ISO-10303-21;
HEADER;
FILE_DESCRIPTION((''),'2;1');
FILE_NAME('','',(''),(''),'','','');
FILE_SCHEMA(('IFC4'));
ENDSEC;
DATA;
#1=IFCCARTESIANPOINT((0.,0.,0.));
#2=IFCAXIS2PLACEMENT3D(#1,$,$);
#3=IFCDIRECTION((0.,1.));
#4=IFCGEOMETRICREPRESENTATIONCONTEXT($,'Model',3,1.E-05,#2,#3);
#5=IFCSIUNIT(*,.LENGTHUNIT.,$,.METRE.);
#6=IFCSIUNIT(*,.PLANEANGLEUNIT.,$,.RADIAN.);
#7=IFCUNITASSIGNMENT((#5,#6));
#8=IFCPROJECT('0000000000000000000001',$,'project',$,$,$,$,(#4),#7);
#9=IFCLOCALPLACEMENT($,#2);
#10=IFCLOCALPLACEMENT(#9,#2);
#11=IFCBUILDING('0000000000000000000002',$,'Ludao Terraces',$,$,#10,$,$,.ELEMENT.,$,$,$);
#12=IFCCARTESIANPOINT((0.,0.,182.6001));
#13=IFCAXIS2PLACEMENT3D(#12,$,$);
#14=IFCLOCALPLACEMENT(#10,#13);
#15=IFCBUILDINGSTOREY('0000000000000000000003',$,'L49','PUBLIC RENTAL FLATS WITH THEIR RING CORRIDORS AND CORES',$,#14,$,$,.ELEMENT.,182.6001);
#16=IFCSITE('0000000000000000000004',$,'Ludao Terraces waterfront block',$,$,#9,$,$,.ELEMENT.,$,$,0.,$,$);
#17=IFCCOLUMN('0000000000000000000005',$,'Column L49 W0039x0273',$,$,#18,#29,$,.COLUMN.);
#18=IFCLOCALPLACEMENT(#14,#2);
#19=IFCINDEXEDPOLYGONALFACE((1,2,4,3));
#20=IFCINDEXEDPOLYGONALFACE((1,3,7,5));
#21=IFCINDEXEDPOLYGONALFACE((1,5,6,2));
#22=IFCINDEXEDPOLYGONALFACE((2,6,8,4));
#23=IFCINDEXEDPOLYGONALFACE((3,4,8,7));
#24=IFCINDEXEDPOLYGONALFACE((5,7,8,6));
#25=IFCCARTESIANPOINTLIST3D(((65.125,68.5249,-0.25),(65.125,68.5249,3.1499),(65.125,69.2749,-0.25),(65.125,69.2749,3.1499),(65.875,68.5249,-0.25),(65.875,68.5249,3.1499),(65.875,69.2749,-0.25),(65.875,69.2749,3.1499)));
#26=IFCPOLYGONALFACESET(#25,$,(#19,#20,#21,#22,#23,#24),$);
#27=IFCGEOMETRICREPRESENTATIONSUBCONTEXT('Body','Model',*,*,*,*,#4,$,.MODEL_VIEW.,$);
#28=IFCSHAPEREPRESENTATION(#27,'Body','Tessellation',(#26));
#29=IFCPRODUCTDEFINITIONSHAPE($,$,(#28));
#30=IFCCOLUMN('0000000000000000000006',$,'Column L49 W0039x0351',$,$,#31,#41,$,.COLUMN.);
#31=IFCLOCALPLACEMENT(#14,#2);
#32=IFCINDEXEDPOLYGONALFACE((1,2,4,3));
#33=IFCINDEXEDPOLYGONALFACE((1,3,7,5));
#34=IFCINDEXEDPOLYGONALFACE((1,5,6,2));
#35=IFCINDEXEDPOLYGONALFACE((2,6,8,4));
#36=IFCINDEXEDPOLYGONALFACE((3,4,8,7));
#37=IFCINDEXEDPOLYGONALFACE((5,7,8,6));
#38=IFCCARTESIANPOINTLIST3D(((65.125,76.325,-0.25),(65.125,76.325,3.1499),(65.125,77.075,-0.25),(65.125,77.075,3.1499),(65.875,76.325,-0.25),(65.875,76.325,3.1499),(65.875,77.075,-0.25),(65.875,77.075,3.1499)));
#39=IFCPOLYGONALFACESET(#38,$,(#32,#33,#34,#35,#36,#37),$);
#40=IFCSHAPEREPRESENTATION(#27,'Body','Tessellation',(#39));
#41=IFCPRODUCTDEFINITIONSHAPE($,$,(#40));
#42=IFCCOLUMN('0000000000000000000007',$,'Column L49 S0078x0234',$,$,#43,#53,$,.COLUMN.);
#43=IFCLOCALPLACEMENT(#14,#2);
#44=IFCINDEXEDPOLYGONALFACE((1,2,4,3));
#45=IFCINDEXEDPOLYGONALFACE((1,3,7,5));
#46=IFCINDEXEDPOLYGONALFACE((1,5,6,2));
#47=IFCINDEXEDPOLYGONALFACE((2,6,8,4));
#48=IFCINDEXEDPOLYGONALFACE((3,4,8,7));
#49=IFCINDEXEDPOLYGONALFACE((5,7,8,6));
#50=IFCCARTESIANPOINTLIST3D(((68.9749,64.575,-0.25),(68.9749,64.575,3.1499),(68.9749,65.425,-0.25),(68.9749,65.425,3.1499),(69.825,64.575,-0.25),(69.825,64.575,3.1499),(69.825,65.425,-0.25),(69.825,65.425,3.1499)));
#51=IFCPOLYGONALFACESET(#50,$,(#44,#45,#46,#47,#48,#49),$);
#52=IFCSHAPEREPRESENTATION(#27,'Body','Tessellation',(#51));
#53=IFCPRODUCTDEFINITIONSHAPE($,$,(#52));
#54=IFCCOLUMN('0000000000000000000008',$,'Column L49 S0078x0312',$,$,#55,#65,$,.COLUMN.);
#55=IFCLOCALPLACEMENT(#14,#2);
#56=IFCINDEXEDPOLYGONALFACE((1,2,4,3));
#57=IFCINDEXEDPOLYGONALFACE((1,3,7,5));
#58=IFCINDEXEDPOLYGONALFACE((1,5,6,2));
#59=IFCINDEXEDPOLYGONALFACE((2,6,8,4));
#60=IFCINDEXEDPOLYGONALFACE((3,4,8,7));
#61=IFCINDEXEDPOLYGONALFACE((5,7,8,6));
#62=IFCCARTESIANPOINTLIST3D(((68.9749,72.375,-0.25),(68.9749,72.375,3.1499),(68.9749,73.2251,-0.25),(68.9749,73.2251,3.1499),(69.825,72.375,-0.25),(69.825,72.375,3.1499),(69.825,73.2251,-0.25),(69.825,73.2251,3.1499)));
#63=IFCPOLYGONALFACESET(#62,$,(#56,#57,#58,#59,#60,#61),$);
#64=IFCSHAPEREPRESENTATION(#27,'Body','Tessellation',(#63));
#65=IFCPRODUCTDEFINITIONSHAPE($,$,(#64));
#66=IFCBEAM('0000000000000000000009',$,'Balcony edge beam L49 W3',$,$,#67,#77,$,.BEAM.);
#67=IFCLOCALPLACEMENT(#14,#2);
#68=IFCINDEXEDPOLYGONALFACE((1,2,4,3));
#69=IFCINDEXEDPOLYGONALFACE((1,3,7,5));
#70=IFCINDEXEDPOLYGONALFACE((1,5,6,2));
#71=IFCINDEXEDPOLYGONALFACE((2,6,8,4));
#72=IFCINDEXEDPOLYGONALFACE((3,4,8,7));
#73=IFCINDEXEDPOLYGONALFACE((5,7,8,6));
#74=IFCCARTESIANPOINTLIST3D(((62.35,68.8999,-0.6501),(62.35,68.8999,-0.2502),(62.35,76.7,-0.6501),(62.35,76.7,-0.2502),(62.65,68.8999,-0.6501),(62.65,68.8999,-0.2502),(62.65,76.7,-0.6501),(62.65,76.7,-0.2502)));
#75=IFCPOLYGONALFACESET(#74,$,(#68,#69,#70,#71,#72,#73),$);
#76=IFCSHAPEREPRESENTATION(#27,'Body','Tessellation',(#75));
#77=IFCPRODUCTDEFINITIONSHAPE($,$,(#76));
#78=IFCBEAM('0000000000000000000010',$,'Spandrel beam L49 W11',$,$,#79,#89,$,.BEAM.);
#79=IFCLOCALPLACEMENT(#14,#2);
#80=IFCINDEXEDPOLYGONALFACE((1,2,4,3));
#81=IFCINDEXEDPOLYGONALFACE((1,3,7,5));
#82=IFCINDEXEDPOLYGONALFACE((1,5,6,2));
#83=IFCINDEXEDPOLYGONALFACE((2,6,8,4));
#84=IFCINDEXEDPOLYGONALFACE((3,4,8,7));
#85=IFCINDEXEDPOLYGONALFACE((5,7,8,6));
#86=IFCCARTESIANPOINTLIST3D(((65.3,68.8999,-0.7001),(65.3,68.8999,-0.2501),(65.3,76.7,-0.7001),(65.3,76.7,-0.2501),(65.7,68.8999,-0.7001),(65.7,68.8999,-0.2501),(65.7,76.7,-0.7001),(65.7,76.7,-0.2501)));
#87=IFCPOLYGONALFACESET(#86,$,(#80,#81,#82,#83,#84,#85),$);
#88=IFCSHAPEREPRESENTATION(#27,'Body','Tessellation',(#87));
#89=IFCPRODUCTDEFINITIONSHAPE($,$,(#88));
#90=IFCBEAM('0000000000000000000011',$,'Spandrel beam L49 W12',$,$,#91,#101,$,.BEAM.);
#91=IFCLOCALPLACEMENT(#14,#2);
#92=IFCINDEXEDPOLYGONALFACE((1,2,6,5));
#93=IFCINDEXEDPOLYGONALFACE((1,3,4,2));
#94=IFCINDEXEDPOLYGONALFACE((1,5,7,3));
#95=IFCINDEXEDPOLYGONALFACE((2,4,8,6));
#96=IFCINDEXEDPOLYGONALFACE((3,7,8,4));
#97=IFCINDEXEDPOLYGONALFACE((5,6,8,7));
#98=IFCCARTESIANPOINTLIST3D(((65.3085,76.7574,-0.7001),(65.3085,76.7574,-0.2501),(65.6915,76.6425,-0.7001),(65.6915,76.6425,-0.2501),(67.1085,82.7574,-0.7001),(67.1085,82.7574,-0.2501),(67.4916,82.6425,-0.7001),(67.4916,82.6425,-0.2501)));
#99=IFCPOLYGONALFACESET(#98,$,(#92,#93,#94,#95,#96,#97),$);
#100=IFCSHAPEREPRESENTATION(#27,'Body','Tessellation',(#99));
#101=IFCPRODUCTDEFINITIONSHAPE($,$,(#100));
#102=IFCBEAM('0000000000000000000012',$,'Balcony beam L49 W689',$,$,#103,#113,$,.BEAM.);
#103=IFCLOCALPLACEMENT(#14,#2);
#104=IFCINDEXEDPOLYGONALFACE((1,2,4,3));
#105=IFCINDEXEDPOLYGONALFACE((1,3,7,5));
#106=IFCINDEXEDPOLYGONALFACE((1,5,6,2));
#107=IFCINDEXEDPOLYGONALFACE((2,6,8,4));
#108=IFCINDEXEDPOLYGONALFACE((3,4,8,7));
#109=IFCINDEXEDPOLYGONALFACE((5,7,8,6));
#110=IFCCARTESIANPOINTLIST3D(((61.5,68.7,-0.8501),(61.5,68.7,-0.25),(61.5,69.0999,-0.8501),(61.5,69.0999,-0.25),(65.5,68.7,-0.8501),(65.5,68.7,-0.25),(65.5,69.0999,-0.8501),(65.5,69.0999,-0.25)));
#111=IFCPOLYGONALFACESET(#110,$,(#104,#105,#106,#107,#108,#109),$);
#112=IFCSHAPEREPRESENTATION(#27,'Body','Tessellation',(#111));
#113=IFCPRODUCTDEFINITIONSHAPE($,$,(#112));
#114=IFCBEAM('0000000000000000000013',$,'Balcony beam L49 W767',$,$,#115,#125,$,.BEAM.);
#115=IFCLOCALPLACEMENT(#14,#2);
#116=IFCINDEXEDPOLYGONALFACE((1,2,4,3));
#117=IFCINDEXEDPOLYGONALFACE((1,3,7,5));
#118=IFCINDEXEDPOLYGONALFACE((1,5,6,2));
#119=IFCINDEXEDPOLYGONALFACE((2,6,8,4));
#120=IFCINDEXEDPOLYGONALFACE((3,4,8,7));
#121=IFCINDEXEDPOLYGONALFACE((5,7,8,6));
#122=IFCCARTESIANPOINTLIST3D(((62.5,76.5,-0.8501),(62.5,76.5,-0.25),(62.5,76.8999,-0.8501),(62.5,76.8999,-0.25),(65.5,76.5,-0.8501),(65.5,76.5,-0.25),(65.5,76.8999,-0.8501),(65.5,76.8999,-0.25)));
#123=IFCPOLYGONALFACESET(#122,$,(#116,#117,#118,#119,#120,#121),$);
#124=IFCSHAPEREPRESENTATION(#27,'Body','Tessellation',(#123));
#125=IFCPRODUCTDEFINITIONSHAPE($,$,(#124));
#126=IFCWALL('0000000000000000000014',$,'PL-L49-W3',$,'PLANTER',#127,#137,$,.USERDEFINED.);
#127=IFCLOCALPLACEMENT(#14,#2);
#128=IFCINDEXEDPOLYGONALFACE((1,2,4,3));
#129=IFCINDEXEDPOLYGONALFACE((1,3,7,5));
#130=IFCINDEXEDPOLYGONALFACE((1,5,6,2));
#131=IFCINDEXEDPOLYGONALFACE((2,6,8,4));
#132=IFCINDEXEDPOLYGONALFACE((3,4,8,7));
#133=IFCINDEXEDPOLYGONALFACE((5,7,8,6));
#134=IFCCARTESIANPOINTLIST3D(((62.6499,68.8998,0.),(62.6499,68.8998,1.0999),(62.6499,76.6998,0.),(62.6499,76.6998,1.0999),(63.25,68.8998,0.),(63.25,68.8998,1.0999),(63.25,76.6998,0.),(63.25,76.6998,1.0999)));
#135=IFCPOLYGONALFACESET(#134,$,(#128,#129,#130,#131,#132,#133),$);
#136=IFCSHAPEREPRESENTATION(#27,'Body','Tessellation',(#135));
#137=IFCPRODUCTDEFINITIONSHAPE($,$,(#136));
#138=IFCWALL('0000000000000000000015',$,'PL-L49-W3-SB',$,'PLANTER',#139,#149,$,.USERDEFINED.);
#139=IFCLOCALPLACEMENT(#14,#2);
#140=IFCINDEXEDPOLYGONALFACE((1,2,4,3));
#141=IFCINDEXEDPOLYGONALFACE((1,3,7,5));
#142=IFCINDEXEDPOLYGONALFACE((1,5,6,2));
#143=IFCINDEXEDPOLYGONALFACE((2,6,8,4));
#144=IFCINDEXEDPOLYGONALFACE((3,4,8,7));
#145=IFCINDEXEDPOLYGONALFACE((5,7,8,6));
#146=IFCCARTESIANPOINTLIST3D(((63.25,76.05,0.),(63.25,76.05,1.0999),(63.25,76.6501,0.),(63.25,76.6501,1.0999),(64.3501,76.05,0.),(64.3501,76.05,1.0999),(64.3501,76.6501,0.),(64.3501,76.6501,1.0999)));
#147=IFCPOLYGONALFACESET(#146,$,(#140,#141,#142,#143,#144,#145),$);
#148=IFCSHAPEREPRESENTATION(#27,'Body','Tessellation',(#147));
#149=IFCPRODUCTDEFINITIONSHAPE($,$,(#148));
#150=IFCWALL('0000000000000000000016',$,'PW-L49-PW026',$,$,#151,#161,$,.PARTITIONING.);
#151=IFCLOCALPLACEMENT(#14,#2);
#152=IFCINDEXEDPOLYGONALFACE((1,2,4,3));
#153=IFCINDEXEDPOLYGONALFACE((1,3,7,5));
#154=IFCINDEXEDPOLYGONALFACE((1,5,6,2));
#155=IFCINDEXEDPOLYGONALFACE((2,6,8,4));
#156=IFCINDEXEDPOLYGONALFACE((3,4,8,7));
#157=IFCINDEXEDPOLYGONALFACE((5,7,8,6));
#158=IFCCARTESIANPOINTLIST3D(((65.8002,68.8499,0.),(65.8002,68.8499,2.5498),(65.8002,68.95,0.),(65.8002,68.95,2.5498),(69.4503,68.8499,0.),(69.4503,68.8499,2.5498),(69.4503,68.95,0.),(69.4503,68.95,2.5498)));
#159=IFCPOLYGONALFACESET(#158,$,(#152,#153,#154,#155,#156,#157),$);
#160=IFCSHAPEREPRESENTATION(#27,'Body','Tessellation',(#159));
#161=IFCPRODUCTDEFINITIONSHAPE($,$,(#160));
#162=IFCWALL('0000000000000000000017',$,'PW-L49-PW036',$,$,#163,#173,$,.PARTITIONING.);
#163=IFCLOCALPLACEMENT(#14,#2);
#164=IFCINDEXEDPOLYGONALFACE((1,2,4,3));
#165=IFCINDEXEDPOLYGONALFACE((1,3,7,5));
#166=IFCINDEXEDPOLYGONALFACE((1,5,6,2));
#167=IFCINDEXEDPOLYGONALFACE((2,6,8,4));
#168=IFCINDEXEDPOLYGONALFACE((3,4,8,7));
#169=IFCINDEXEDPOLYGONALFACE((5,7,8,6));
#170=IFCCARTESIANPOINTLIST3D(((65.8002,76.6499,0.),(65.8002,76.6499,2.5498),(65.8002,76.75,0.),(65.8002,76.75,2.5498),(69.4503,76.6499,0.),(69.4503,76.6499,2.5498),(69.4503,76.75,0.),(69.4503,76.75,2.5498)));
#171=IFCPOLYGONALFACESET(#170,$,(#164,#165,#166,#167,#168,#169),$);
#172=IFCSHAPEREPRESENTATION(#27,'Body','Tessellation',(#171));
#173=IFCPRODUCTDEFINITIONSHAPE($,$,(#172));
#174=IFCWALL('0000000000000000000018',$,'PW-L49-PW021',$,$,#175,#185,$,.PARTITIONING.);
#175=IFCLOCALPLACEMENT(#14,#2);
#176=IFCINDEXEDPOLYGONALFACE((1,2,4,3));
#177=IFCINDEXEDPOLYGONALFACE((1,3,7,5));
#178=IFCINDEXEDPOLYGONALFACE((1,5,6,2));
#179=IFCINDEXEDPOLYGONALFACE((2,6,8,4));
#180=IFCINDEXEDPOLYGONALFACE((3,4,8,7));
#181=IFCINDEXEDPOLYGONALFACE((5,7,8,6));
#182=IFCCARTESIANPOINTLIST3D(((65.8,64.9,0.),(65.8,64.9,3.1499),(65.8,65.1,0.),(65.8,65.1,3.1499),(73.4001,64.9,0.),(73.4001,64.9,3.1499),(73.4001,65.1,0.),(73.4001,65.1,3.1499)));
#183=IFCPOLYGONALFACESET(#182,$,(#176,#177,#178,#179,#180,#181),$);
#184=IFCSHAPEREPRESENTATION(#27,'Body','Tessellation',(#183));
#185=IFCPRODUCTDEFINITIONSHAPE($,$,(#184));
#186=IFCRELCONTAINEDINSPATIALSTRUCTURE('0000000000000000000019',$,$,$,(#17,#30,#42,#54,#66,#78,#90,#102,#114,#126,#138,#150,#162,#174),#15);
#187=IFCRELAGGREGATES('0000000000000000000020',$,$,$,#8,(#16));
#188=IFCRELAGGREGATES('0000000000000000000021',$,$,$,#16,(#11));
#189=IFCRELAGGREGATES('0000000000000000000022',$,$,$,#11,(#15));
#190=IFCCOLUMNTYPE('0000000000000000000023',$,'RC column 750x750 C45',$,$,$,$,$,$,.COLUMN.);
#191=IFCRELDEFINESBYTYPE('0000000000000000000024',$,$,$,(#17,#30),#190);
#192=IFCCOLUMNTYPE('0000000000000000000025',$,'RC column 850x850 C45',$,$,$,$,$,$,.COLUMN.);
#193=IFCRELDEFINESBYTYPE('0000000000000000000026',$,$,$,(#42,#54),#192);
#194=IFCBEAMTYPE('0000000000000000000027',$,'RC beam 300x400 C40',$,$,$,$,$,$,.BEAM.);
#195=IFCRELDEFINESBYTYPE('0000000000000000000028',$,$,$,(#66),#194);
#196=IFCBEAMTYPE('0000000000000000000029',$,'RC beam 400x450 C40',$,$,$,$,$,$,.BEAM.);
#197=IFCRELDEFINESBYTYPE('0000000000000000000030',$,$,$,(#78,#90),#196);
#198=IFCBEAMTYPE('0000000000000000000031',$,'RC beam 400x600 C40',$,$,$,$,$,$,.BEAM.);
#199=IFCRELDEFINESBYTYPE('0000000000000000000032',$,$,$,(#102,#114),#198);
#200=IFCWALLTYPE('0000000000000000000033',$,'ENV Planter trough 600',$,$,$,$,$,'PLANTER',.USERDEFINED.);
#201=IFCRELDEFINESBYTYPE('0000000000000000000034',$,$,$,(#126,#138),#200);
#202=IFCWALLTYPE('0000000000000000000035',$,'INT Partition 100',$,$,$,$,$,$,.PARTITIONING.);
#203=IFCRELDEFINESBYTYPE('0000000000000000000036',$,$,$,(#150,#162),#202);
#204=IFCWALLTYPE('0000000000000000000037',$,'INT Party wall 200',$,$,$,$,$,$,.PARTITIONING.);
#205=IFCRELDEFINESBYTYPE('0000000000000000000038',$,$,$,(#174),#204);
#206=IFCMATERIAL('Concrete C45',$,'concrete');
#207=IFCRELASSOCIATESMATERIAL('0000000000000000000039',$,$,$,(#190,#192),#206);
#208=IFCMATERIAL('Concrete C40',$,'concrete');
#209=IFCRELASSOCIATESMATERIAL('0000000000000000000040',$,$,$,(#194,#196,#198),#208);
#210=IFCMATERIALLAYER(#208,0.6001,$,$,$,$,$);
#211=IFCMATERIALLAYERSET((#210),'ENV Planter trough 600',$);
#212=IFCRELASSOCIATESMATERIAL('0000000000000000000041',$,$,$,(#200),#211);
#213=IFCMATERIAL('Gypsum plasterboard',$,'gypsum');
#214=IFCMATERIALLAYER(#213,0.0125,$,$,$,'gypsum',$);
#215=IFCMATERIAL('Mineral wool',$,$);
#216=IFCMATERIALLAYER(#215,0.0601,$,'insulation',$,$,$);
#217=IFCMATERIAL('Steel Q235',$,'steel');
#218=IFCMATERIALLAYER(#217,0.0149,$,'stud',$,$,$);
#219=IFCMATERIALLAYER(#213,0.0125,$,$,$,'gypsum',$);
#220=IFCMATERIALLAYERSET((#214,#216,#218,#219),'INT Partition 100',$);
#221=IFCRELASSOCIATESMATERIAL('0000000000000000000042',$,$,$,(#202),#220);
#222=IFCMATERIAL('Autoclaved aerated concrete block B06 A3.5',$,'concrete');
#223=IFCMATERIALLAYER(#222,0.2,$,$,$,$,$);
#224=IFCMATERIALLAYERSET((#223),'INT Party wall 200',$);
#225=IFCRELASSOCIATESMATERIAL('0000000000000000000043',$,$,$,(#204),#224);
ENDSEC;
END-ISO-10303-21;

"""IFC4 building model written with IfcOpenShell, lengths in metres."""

from ifc_helpers import new_model, si_unit, direction, frame, frame_2d, origin, origin_2d, place, context, subcontext, project, spatial, rectangle, extrude, material, layer, layer_set, material_profile, profile_set, type_object, element, save


model = new_model("IFC4")

# Units and contexts
model_context = context("Model", 3, precision=1e-05, world=origin(), true_north=direction((0.0, 1.0)))
body_context = subcontext(model_context, "Body", "Model", "MODEL_VIEW")
ifc_project = project(units=[si_unit("LENGTHUNIT", "METRE"), si_unit("PLANEANGLEUNIT", "RADIAN")], contexts=[model_context])

# Site, building, storey
site_placement = place(None, origin())
site = spatial("IfcSite", under=ifc_project, at=site_placement, Name="Ludao Terraces waterfront block", CompositionType="ELEMENT", RefElevation=0.0)
building_placement = place(site_placement, origin())
building = spatial("IfcBuilding", under=site, at=building_placement, Name="Ludao Terraces", CompositionType="ELEMENT")
storey_placement = place(building_placement, frame((0.0, 0.0, 182.6001)))
storey = spatial("IfcBuildingStorey", under=building, at=storey_placement, Name="L49", Description="PUBLIC RENTAL FLATS WITH THEIR RING CORRIDORS AND CORES", CompositionType="ELEMENT", Elevation=182.6001)

# Columns
ifc_material_1 = material(Name="Concrete C45", Category="concrete")
ifc_material_profile_1 = material_profile(ifc_material_1, rectangle(XDim=0.75, YDim=0.75, at=origin_2d()), Name="750 X 750")
ifc_profile_set_1 = profile_set([ifc_material_profile_1], Name="Concrete C45")
column_type_1 = type_object("IfcColumnType", Name="RC column 750x750 C45", PredefinedType="COLUMN", material=ifc_profile_set_1)
for number, where, z_axis, x_axis, name in (
    (1, (65.5, 68.8999, -0.25), (0.0, 0.0, 1.0), (1.0, 0.0, 0.0), "Column L49 W0039x0273"),
    (2, (65.5, 76.7, -0.25), (0.0, 0.0, 1.0), (1.0, 0.0, 0.0), "Column L49 W0039x0351"),
):
    element("IfcColumn", number, at=place(storey_placement, frame(where, z_axis=z_axis, x_axis=x_axis)), inside=storey, type_object=column_type_1, Name=name, PredefinedType="COLUMN", context=body_context, shape_type="SweptSolid", body=[
        extrude(rectangle(XDim=0.75, YDim=0.75, at=origin_2d()), origin(), (0.0, 0.0, 1.0), 3.3999),
    ])
ifc_material_profile_2 = material_profile(ifc_material_1, rectangle(XDim=0.8501, YDim=0.8501, at=origin_2d()), Name="850 X 850")
ifc_profile_set_2 = profile_set([ifc_material_profile_2], Name="Concrete C45")
column_type_2 = type_object("IfcColumnType", Name="RC column 850x850 C45", PredefinedType="COLUMN", material=ifc_profile_set_2)
for number, where, z_axis, x_axis, name in (
    (3, (69.3999, 65.0, -0.25), (0.0, 0.0, 1.0), (1.0, 0.0, 0.0), "Column L49 S0078x0234"),
    (4, (69.3999, 72.8, -0.25), (0.0, 0.0, 1.0), (1.0, 0.0, 0.0), "Column L49 S0078x0312"),
):
    element("IfcColumn", number, at=place(storey_placement, frame(where, z_axis=z_axis, x_axis=x_axis)), inside=storey, type_object=column_type_2, Name=name, PredefinedType="COLUMN", context=body_context, shape_type="SweptSolid", body=[
        extrude(rectangle(XDim=0.8501, YDim=0.8501, at=origin_2d()), origin(), (0.0, 0.0, 1.0), 3.3999),
    ])

# Beams
ifc_material_2 = material(Name="Concrete C40", Category="concrete")
ifc_material_profile_3 = material_profile(ifc_material_2, rectangle(XDim=0.3, YDim=0.3999, at=origin_2d()), Name="300 X 400")
ifc_profile_set_3 = profile_set([ifc_material_profile_3], Name="Concrete C40")
beam_type_1 = type_object("IfcBeamType", Name="RC beam 300x400 C40", PredefinedType="BEAM", material=ifc_profile_set_3)
beam_1_placement = place(storey_placement, frame((62.5, 68.8999, -0.4502), z_axis=(0.0, 1.0, 0.0), x_axis=(-1.0, 0.0, 0.0)))
element("IfcBeam", 5, at=beam_1_placement, inside=storey, type_object=beam_type_1, Name="Balcony edge beam L49 W3", PredefinedType="BEAM", context=body_context, shape_type="SweptSolid", body=[
    extrude(rectangle(XDim=0.3, YDim=0.3999, at=origin_2d()), origin(), (0.0, 0.0, 1.0), 7.8),
])
ifc_material_profile_4 = material_profile(ifc_material_2, rectangle(XDim=0.3999, YDim=0.45, at=origin_2d()), Name="400 X 450")
ifc_profile_set_4 = profile_set([ifc_material_profile_4], Name="Concrete C40")
beam_type_2 = type_object("IfcBeamType", Name="RC beam 400x450 C40", PredefinedType="BEAM", material=ifc_profile_set_4)
beam_2_placement = place(storey_placement, frame((65.5, 68.8999, -0.4751), z_axis=(0.0, 1.0, 0.0), x_axis=(-1.0, 0.0, 0.0)))
element("IfcBeam", 6, at=beam_2_placement, inside=storey, type_object=beam_type_2, Name="Spandrel beam L49 W11", PredefinedType="BEAM", context=body_context, shape_type="SweptSolid", body=[
    extrude(rectangle(XDim=0.3999, YDim=0.45, at=origin_2d()), origin(), (0.0, 0.0, 1.0), 7.8),
])
beam_3_placement = place(storey_placement, frame((65.5, 76.7, -0.4751), z_axis=(0.287355, 0.957824, 0.0), x_axis=(-0.957824, 0.287355, 0.0)))
element("IfcBeam", 7, at=beam_3_placement, inside=storey, type_object=beam_type_2, Name="Spandrel beam L49 W12", PredefinedType="BEAM", context=body_context, shape_type="SweptSolid", body=[
    extrude(rectangle(XDim=0.3999, YDim=0.45, at=origin_2d()), origin(), (0.0, 0.0, 1.0), 6.2642),
])
ifc_material_profile_5 = material_profile(ifc_material_2, rectangle(XDim=0.3999, YDim=0.6001, at=origin_2d()), Name="400 X 600")
ifc_profile_set_5 = profile_set([ifc_material_profile_5], Name="Concrete C40")
beam_type_3 = type_object("IfcBeamType", Name="RC beam 400x600 C40", PredefinedType="BEAM", material=ifc_profile_set_5)
beam_4_placement = place(storey_placement, frame((65.5, 68.8999, -0.55), z_axis=(-1.0, 0.0, 0.0), x_axis=(0.0, -1.0, 0.0)))
element("IfcBeam", 8, at=beam_4_placement, inside=storey, type_object=beam_type_3, Name="Balcony beam L49 W689", PredefinedType="BEAM", context=body_context, shape_type="SweptSolid", body=[
    extrude(rectangle(XDim=0.3999, YDim=0.6001, at=origin_2d()), origin(), (0.0, 0.0, 1.0), 4.0),
])
beam_5_placement = place(storey_placement, frame((65.5, 76.7, -0.55), z_axis=(-1.0, 0.0, 0.0), x_axis=(0.0, -1.0, 0.0)))
element("IfcBeam", 9, at=beam_5_placement, inside=storey, type_object=beam_type_3, Name="Balcony beam L49 W767", PredefinedType="BEAM", context=body_context, shape_type="SweptSolid", body=[
    extrude(rectangle(XDim=0.3999, YDim=0.6001, at=origin_2d()), origin(), (0.0, 0.0, 1.0), 3.0),
])

# Walls
ifc_layer_1 = layer(ifc_material_2, 0.6001)
ifc_layer_set_1 = layer_set([ifc_layer_1], Name="ENV Planter trough 600")
wall_type_1 = type_object("IfcWallType", Name="ENV Planter trough 600", ElementType="PLANTER", PredefinedType="USERDEFINED", material=ifc_layer_set_1)
wall_1_placement = place(storey_placement, frame((62.95, 68.8999, 0.0), z_axis=(0.0, 0.0, 1.0), x_axis=(0.0, 1.0, 0.0)))
element("IfcWall", 10, at=wall_1_placement, inside=storey, type_object=wall_type_1, Name="PL-L49-W3", ObjectType="PLANTER", PredefinedType="USERDEFINED", context=body_context, shape_type="SweptSolid", body=[
    extrude(rectangle(XDim=7.8, YDim=0.6001, at=frame_2d((3.8999, 0.0))), origin(), (0.0, 0.0, 1.0), 1.0999),
])
wall_2_placement = place(storey_placement, frame((63.25, 76.3501, 0.0), z_axis=(0.0, 0.0, 1.0), x_axis=(1.0, 0.0, 0.0)))
element("IfcWall", 11, at=wall_2_placement, inside=storey, type_object=wall_type_1, Name="PL-L49-W3-SB", ObjectType="PLANTER", PredefinedType="USERDEFINED", context=body_context, shape_type="SweptSolid", body=[
    extrude(rectangle(XDim=1.1001, YDim=0.6001, at=frame_2d((0.55, 0.0))), origin(), (0.0, 0.0, 1.0), 1.0999),
])

# Shared definitions
ifc_material_3 = material(Name="Mineral wool")

# Walls
ifc_material_4 = material(Name="Gypsum plasterboard", Category="gypsum")
ifc_layer_2 = layer(ifc_material_4, 0.0125, Category="gypsum")
ifc_layer_3 = layer(ifc_material_3, 0.0601, Name="insulation")
ifc_material_5 = material(Name="Steel Q235", Category="steel")
ifc_layer_4 = layer(ifc_material_5, 0.0149, Name="stud")
ifc_layer_5 = layer(ifc_material_4, 0.0125, Category="gypsum")
ifc_layer_set_2 = layer_set([ifc_layer_2, ifc_layer_3, ifc_layer_4, ifc_layer_5], Name="INT Partition 100")
wall_type_2 = type_object("IfcWallType", Name="INT Partition 100", PredefinedType="PARTITIONING", material=ifc_layer_set_2)
for number, where, z_axis, x_axis, name in (
    (12, (65.8, 68.8999, 0.0), (0.0, 0.0, 1.0), (1.0, 0.0, 0.0), "PW-L49-PW026"),
    (13, (65.8, 76.7, 0.0), (0.0, 0.0, 1.0), (1.0, 0.0, 0.0), "PW-L49-PW036"),
):
    element("IfcWall", number, at=place(storey_placement, frame(where, z_axis=z_axis, x_axis=x_axis)), inside=storey, type_object=wall_type_2, Name=name, PredefinedType="PARTITIONING", context=body_context, shape_type="SweptSolid", body=[
        extrude(rectangle(XDim=3.6501, YDim=0.1001, at=frame_2d((1.8252, 0.0))), origin(), (0.0, 0.0, 1.0), 2.5498),
    ])
ifc_material_6 = material(Name="Autoclaved aerated concrete block B06 A3.5", Category="concrete")
ifc_layer_6 = layer(ifc_material_6, 0.2)
ifc_layer_set_3 = layer_set([ifc_layer_6], Name="INT Party wall 200")
wall_type_3 = type_object("IfcWallType", Name="INT Party wall 200", PredefinedType="PARTITIONING", material=ifc_layer_set_3)
for number, where, z_axis, x_axis, name in (
    (14, (65.8, 65.0, 0.0), (0.0, 0.0, 1.0), (1.0, 0.0, 0.0), "PW-L49-PW021"),
):
    element("IfcWall", number, at=place(storey_placement, frame(where, z_axis=z_axis, x_axis=x_axis)), inside=storey, type_object=wall_type_3, Name=name, PredefinedType="PARTITIONING", context=body_context, shape_type="SweptSolid", body=[
        extrude(rectangle(XDim=7.6001, YDim=0.2, at=frame_2d((3.8, 0.0))), origin(), (0.0, 0.0, 1.0), 3.1499),
    ])

save(model, "model.ifc")
